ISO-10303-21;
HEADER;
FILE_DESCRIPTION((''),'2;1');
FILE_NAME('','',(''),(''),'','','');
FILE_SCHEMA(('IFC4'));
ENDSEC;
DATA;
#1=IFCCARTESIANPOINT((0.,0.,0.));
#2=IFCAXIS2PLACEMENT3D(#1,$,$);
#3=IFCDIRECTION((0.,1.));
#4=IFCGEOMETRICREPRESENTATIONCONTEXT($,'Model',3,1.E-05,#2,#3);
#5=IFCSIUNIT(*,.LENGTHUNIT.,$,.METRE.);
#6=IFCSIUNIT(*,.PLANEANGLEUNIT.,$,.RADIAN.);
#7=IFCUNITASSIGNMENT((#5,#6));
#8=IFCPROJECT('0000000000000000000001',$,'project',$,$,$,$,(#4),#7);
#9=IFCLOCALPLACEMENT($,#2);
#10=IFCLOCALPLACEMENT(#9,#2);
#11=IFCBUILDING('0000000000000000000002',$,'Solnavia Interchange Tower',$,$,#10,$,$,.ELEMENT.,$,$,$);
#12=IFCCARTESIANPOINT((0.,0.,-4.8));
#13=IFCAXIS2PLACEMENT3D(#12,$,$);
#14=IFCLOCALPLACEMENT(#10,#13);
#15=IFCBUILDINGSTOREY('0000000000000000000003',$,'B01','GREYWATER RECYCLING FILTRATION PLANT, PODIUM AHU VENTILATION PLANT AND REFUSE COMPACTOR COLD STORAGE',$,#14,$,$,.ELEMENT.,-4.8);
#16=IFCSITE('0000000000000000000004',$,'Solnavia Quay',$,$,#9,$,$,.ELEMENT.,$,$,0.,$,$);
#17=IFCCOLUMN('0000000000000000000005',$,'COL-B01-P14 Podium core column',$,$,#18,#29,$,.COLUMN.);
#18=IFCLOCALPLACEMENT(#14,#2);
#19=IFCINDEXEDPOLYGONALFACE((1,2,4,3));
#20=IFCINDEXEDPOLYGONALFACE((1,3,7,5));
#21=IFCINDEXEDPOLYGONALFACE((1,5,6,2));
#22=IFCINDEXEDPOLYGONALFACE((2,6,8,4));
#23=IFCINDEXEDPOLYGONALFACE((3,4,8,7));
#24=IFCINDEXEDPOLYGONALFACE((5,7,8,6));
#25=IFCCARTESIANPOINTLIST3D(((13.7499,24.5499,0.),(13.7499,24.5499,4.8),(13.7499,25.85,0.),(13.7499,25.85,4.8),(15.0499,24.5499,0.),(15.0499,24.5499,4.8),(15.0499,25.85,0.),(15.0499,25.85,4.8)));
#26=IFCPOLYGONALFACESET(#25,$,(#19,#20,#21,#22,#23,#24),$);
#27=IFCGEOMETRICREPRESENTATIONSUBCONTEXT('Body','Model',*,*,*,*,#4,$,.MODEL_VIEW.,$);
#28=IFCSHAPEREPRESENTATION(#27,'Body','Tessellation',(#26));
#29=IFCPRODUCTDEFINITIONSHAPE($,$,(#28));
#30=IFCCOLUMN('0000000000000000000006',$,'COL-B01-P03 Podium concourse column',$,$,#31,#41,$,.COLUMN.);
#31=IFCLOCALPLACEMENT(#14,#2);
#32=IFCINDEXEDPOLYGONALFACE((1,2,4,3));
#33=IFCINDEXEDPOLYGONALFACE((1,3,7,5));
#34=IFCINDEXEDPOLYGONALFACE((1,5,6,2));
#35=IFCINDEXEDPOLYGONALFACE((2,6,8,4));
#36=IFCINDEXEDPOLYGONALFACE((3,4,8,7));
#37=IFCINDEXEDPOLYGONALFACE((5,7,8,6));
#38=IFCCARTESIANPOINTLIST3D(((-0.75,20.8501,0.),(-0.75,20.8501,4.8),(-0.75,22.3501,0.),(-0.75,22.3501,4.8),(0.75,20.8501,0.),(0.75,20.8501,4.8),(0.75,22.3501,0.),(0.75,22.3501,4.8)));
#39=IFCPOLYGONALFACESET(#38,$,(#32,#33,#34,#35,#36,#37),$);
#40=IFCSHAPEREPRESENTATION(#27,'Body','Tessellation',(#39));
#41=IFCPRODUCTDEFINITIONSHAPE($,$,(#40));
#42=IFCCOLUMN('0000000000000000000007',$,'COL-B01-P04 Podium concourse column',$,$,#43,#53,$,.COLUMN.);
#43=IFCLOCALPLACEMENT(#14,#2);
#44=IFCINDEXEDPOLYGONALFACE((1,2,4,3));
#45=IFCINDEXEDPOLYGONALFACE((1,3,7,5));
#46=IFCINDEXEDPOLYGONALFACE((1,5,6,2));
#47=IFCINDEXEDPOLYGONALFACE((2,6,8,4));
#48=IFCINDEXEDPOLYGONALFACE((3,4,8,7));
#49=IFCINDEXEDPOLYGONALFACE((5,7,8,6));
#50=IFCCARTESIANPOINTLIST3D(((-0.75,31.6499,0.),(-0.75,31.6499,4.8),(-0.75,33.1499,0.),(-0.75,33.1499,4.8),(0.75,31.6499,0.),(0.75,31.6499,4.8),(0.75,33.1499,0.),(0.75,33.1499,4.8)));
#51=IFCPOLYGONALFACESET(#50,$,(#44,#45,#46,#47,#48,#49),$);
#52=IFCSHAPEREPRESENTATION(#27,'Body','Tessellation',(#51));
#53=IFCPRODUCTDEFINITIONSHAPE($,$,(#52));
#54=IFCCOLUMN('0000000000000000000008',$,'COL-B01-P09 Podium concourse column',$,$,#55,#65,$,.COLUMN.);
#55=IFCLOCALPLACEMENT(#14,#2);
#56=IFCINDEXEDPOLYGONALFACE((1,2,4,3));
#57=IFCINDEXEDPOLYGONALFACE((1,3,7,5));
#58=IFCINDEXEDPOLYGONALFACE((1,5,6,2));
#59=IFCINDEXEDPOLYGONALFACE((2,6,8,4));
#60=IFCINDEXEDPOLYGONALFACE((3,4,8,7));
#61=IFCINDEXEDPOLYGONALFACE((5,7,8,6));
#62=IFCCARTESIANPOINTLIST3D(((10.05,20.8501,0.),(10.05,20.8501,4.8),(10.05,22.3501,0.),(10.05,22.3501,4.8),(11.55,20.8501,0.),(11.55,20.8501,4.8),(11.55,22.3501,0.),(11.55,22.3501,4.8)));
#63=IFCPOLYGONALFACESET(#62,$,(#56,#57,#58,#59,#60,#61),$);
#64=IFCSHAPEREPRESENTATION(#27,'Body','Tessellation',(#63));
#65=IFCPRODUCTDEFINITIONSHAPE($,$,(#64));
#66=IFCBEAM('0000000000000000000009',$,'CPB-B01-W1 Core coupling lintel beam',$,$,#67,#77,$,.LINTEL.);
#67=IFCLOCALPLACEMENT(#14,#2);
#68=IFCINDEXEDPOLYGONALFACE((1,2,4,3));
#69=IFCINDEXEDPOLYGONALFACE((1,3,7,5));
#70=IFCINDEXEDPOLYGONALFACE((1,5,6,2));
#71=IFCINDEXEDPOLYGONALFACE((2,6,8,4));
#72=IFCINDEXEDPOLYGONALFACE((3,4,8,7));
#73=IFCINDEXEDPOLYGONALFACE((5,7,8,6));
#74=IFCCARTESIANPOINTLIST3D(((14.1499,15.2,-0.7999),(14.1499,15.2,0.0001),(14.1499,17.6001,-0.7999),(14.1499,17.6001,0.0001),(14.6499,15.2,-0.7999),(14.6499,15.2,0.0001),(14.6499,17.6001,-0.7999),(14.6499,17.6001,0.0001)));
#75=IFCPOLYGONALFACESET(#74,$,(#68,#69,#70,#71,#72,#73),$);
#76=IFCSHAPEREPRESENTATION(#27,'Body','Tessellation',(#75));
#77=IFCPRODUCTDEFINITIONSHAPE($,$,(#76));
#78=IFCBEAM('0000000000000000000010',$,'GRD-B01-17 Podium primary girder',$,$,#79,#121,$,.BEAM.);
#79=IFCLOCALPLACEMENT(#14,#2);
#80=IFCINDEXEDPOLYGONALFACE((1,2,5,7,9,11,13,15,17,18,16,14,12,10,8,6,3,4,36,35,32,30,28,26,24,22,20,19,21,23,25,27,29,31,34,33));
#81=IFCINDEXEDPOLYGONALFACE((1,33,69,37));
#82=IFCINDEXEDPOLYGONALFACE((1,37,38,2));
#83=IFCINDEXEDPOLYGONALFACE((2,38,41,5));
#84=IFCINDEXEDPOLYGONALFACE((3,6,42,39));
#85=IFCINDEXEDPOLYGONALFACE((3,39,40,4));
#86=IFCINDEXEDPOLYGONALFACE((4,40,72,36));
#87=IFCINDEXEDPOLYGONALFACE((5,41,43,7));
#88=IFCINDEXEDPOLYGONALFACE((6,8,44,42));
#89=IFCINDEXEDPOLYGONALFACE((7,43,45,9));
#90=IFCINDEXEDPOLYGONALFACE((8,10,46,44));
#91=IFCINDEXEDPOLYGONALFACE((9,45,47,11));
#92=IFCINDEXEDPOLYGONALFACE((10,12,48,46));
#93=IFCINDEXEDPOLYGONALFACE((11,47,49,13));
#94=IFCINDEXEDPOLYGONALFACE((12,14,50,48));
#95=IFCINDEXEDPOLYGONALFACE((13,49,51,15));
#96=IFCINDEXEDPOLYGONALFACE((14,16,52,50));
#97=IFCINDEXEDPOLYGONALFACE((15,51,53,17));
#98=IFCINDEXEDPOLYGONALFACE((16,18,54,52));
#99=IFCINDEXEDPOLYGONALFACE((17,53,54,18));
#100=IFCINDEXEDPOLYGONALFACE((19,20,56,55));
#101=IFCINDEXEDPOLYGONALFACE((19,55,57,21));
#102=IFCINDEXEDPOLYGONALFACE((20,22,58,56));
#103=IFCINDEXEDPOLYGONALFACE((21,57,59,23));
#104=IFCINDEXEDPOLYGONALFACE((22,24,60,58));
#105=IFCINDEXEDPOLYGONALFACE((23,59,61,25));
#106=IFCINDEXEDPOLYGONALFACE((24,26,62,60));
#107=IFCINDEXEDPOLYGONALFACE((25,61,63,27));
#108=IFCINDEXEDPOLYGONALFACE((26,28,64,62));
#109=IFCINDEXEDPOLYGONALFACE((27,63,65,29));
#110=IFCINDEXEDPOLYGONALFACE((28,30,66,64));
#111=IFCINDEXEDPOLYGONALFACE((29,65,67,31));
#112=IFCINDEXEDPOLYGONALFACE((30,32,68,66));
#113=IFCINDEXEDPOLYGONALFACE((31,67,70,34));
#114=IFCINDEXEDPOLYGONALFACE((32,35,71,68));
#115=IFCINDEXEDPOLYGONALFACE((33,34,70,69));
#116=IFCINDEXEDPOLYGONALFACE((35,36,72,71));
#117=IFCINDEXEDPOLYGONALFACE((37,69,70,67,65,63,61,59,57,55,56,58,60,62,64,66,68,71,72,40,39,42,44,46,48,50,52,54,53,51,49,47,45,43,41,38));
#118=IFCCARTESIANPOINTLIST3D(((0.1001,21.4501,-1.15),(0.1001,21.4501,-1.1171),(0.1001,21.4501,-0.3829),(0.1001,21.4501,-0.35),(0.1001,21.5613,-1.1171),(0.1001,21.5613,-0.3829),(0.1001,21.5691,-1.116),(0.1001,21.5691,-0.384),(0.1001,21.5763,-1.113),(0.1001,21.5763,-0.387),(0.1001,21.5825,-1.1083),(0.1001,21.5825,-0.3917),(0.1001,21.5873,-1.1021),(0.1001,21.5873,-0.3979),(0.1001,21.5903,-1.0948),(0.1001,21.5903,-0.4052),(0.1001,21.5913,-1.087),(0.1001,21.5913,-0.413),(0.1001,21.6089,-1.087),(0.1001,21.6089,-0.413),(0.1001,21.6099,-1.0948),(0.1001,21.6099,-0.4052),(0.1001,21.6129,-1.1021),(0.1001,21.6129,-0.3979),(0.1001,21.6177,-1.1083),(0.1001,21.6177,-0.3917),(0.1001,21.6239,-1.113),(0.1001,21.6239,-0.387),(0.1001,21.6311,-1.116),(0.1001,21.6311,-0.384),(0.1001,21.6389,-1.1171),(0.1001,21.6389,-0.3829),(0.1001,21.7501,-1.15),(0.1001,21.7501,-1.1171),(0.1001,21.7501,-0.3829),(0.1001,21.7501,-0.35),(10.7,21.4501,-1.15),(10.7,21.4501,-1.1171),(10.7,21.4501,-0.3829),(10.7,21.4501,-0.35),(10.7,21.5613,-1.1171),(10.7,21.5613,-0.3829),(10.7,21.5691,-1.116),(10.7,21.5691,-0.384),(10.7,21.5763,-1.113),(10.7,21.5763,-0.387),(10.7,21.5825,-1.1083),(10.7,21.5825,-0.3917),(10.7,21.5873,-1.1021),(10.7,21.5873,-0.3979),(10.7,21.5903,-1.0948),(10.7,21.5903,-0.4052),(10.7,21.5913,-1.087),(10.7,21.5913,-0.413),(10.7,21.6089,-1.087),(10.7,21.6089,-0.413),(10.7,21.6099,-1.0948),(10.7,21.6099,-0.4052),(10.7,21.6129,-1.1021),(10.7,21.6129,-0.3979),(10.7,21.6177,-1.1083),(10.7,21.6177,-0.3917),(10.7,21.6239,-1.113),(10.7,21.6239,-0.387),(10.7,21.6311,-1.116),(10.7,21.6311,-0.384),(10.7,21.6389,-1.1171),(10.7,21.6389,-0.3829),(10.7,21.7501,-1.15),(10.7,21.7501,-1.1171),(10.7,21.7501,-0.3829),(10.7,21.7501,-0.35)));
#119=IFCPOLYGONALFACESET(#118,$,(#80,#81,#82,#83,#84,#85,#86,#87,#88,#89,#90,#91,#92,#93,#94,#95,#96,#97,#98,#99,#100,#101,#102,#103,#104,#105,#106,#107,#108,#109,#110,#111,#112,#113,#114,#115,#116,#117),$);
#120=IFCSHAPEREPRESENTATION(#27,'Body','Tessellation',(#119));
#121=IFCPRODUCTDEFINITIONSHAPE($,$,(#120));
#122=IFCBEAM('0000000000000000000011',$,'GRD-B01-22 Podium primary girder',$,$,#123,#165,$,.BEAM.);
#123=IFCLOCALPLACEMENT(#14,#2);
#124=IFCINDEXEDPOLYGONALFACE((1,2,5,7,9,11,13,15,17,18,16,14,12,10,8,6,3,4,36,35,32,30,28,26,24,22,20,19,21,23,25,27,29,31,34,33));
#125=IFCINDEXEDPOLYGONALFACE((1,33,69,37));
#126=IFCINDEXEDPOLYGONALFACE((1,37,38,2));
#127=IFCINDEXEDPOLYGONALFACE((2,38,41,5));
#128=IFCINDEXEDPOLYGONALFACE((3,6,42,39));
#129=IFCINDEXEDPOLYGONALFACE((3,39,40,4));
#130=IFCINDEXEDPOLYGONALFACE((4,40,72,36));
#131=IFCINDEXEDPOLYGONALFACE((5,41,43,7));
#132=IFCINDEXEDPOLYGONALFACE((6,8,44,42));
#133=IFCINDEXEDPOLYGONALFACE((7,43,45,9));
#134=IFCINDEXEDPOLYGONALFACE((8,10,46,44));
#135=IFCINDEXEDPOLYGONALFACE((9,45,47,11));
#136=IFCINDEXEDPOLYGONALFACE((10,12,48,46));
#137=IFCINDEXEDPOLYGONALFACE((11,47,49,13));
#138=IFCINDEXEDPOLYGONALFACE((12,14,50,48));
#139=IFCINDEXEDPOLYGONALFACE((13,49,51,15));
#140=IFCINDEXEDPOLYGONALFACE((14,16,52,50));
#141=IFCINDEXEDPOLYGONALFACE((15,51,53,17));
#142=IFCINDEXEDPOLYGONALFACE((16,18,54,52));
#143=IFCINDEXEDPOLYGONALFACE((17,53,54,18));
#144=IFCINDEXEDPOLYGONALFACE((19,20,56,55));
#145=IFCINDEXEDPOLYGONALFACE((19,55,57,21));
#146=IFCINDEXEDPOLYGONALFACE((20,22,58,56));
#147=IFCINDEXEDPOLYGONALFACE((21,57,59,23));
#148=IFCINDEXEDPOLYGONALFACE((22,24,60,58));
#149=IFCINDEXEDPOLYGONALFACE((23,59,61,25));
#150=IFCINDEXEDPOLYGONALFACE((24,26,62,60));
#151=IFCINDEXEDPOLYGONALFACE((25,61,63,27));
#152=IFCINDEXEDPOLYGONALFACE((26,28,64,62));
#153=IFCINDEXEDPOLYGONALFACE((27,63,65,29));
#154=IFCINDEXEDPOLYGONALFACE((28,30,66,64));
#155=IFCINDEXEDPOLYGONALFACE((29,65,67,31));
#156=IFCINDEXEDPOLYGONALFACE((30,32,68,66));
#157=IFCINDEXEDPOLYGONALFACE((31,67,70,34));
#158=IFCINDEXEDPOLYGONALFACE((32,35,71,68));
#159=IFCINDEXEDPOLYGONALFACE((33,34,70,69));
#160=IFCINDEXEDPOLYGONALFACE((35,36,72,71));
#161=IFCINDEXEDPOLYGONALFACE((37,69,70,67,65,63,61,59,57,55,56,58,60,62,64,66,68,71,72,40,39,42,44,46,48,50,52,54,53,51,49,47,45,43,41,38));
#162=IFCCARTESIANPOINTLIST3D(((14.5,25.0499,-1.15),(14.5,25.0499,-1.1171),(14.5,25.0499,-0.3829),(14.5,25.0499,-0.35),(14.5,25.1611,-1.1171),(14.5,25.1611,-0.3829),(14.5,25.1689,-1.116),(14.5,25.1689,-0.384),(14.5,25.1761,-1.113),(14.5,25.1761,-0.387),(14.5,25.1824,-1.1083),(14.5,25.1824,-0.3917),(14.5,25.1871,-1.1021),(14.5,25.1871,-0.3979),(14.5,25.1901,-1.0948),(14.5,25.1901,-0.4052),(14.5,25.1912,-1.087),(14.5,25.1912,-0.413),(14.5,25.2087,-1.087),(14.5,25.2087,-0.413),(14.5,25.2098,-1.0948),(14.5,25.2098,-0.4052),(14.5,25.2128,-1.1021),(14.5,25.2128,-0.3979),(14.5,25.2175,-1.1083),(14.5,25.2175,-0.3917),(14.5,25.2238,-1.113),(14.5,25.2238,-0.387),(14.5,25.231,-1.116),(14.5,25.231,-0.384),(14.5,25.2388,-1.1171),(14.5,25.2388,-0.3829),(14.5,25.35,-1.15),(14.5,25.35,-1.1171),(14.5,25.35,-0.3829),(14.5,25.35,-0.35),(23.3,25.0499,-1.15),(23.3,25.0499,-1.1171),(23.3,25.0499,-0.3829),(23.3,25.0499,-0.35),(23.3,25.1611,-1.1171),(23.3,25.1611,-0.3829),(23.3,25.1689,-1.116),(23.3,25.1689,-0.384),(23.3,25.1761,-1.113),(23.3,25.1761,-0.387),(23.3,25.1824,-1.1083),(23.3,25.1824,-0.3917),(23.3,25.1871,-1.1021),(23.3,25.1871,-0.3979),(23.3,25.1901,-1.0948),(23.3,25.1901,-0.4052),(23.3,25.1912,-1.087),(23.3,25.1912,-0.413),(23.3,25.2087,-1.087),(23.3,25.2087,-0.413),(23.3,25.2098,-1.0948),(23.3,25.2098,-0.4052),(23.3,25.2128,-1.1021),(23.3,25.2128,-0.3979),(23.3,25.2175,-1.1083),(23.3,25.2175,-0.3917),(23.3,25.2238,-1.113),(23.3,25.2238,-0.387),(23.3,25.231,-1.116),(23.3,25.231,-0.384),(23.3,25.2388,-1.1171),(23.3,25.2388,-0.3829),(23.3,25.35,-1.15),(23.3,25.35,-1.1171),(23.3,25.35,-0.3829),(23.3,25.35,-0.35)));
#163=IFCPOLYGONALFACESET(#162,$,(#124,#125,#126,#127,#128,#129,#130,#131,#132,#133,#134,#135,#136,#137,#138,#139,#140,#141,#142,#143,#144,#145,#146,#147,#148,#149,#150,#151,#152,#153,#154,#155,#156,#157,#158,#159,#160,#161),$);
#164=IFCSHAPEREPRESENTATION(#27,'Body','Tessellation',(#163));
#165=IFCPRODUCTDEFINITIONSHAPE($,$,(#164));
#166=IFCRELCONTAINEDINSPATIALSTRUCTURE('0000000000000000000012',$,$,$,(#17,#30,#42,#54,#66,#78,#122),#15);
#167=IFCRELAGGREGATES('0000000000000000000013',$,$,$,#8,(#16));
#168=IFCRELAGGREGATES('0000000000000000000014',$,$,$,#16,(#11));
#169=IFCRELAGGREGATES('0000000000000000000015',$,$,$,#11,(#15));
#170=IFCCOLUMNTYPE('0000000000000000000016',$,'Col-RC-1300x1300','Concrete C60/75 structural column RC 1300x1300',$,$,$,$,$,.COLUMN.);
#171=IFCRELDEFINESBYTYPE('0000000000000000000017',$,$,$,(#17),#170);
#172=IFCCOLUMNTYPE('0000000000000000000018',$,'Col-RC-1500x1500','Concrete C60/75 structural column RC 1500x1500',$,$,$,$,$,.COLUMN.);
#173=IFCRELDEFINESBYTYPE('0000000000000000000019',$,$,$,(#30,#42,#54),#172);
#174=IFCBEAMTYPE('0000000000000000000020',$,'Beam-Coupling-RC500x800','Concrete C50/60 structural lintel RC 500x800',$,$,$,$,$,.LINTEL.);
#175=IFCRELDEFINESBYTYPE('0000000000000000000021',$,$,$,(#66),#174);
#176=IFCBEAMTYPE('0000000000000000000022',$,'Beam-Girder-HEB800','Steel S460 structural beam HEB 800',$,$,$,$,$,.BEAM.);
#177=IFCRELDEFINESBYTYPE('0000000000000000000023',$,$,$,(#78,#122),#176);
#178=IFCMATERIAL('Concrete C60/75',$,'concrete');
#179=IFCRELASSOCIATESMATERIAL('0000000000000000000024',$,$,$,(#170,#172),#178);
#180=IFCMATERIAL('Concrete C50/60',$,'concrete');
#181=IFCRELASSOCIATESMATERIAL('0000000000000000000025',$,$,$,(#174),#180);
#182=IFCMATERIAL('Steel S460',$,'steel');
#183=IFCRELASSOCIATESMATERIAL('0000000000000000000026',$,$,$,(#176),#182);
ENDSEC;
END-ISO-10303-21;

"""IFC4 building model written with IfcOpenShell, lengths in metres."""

from ifc_helpers import new_model, si_unit, direction, frame, origin, origin_2d, place, context, subcontext, project, spatial, rectangle, i_section, extrude, material, material_profile, profile_set, type_object, element, save


model = new_model("IFC4")

# Units and contexts
model_context = context("Model", 3, precision=1e-05, world=origin(), true_north=direction((0.0, 1.0)))
body_context = subcontext(model_context, "Body", "Model", "MODEL_VIEW")
ifc_project = project(units=[si_unit("LENGTHUNIT", "METRE"), si_unit("PLANEANGLEUNIT", "RADIAN")], contexts=[model_context])

# Site, building, storey
site_placement = place(None, origin())
site = spatial("IfcSite", under=ifc_project, at=site_placement, Name="Solnavia Quay", CompositionType="ELEMENT", RefElevation=0.0)
building_placement = place(site_placement, origin())
building = spatial("IfcBuilding", under=site, at=building_placement, Name="Solnavia Interchange Tower", CompositionType="ELEMENT")
storey_placement = place(building_placement, frame((0.0, 0.0, -4.8)))
storey = spatial("IfcBuildingStorey", under=building, at=storey_placement, Name="B01", Description="GREYWATER RECYCLING FILTRATION PLANT, PODIUM AHU VENTILATION PLANT AND REFUSE COMPACTOR COLD STORAGE", CompositionType="ELEMENT", Elevation=-4.8)

# Columns
ifc_material_1 = material(Name="Concrete C60/75", Category="concrete")
ifc_material_profile_1 = material_profile(ifc_material_1, rectangle(XDim=1.3, YDim=1.3, at=origin_2d()), Name="RC 1300x1300")
ifc_profile_set_1 = profile_set([ifc_material_profile_1], Name="Concrete C60/75")
column_type_1 = type_object("IfcColumnType", Name="Col-RC-1300x1300", Description="Concrete C60/75 structural column RC 1300x1300", PredefinedType="COLUMN", material=ifc_profile_set_1)
column_placement = place(storey_placement, frame((14.3999, 25.2, 0.0), z_axis=(0.0, 0.0, 1.0), x_axis=(1.0, 0.0, 0.0)))
element("IfcColumn", 1, at=column_placement, inside=storey, type_object=column_type_1, Name="COL-B01-P14 Podium core column", PredefinedType="COLUMN", context=body_context, shape_type="SweptSolid", body=[
    extrude(rectangle(XDim=1.3, YDim=1.3, at=origin_2d()), origin(), (0.0, 0.0, 1.0), 4.8),
])
ifc_material_profile_2 = material_profile(ifc_material_1, rectangle(XDim=1.5, YDim=1.5, at=origin_2d()), Name="RC 1500x1500")
ifc_profile_set_2 = profile_set([ifc_material_profile_2], Name="Concrete C60/75")
column_type_2 = type_object("IfcColumnType", Name="Col-RC-1500x1500", Description="Concrete C60/75 structural column RC 1500x1500", PredefinedType="COLUMN", material=ifc_profile_set_2)
for number, where, z_axis, x_axis, name in (
    (2, (0.0, 21.6001, 0.0), (0.0, 0.0, 1.0), (1.0, 0.0, 0.0), "COL-B01-P03 Podium concourse column"),
    (3, (0.0, 32.3999, 0.0), (0.0, 0.0, 1.0), (1.0, 0.0, 0.0), "COL-B01-P04 Podium concourse column"),
    (4, (10.8, 21.6001, 0.0), (0.0, 0.0, 1.0), (1.0, 0.0, 0.0), "COL-B01-P09 Podium concourse column"),
):
    element("IfcColumn", number, at=place(storey_placement, frame(where, z_axis=z_axis, x_axis=x_axis)), inside=storey, type_object=column_type_2, Name=name, PredefinedType="COLUMN", context=body_context, shape_type="SweptSolid", body=[
        extrude(rectangle(XDim=1.5, YDim=1.5, at=origin_2d()), origin(), (0.0, 0.0, 1.0), 4.8),
    ])

# Beams
ifc_material_2 = material(Name="Concrete C50/60", Category="concrete")
ifc_material_profile_3 = material_profile(ifc_material_2, rectangle(XDim=0.5, YDim=0.8, at=origin_2d()), Name="RC 500x800")
ifc_profile_set_3 = profile_set([ifc_material_profile_3], Name="Concrete C50/60")
beam_type_1 = type_object("IfcBeamType", Name="Beam-Coupling-RC500x800", Description="Concrete C50/60 structural lintel RC 500x800", PredefinedType="LINTEL", material=ifc_profile_set_3)
beam_1_placement = place(storey_placement, frame((14.3999, 15.2, -0.3999), z_axis=(0.0, 1.0, 0.0), x_axis=(-1.0, 0.0, 0.0)))
element("IfcBeam", 5, at=beam_1_placement, inside=storey, type_object=beam_type_1, Name="CPB-B01-W1 Core coupling lintel beam", PredefinedType="LINTEL", context=body_context, shape_type="SweptSolid", body=[
    extrude(rectangle(XDim=0.5, YDim=0.8, at=origin_2d()), origin(), (0.0, 0.0, 1.0), 2.4001),
])
ifc_material_3 = material(Name="Steel S460", Category="steel")
ifc_material_profile_4 = material_profile(ifc_material_3, i_section(OverallWidth=0.3, OverallDepth=0.8, WebThickness=0.0176, FlangeThickness=0.033, FilletRadius=0.03, at=origin_2d()), Name="HEB 800")
ifc_profile_set_4 = profile_set([ifc_material_profile_4], Name="Steel S460")
beam_type_2 = type_object("IfcBeamType", Name="Beam-Girder-HEB800", Description="Steel S460 structural beam HEB 800", PredefinedType="BEAM", material=ifc_profile_set_4)
beam_2_placement = place(storey_placement, frame((0.1001, 21.6001, -0.75), z_axis=(1.0, 0.0, 0.0), x_axis=(0.0, 1.0, 0.0)))
element("IfcBeam", 6, at=beam_2_placement, inside=storey, type_object=beam_type_2, Name="GRD-B01-17 Podium primary girder", PredefinedType="BEAM", context=body_context, shape_type="SweptSolid", body=[
    extrude(i_section(OverallWidth=0.3, OverallDepth=0.8, WebThickness=0.0176, FlangeThickness=0.033, FilletRadius=0.03, at=origin_2d()), origin(), (0.0, 0.0, 1.0), 10.5999),
])
beam_3_placement = place(storey_placement, frame((14.5, 25.2, -0.75), z_axis=(1.0, 0.0, 0.0), x_axis=(0.0, 1.0, 0.0)))
element("IfcBeam", 7, at=beam_3_placement, inside=storey, type_object=beam_type_2, Name="GRD-B01-22 Podium primary girder", PredefinedType="BEAM", context=body_context, shape_type="SweptSolid", body=[
    extrude(i_section(OverallWidth=0.3, OverallDepth=0.8, WebThickness=0.0176, FlangeThickness=0.033, FilletRadius=0.03, at=origin_2d()), origin(), (0.0, 0.0, 1.0), 8.8),
])

save(model, "model.ifc")
